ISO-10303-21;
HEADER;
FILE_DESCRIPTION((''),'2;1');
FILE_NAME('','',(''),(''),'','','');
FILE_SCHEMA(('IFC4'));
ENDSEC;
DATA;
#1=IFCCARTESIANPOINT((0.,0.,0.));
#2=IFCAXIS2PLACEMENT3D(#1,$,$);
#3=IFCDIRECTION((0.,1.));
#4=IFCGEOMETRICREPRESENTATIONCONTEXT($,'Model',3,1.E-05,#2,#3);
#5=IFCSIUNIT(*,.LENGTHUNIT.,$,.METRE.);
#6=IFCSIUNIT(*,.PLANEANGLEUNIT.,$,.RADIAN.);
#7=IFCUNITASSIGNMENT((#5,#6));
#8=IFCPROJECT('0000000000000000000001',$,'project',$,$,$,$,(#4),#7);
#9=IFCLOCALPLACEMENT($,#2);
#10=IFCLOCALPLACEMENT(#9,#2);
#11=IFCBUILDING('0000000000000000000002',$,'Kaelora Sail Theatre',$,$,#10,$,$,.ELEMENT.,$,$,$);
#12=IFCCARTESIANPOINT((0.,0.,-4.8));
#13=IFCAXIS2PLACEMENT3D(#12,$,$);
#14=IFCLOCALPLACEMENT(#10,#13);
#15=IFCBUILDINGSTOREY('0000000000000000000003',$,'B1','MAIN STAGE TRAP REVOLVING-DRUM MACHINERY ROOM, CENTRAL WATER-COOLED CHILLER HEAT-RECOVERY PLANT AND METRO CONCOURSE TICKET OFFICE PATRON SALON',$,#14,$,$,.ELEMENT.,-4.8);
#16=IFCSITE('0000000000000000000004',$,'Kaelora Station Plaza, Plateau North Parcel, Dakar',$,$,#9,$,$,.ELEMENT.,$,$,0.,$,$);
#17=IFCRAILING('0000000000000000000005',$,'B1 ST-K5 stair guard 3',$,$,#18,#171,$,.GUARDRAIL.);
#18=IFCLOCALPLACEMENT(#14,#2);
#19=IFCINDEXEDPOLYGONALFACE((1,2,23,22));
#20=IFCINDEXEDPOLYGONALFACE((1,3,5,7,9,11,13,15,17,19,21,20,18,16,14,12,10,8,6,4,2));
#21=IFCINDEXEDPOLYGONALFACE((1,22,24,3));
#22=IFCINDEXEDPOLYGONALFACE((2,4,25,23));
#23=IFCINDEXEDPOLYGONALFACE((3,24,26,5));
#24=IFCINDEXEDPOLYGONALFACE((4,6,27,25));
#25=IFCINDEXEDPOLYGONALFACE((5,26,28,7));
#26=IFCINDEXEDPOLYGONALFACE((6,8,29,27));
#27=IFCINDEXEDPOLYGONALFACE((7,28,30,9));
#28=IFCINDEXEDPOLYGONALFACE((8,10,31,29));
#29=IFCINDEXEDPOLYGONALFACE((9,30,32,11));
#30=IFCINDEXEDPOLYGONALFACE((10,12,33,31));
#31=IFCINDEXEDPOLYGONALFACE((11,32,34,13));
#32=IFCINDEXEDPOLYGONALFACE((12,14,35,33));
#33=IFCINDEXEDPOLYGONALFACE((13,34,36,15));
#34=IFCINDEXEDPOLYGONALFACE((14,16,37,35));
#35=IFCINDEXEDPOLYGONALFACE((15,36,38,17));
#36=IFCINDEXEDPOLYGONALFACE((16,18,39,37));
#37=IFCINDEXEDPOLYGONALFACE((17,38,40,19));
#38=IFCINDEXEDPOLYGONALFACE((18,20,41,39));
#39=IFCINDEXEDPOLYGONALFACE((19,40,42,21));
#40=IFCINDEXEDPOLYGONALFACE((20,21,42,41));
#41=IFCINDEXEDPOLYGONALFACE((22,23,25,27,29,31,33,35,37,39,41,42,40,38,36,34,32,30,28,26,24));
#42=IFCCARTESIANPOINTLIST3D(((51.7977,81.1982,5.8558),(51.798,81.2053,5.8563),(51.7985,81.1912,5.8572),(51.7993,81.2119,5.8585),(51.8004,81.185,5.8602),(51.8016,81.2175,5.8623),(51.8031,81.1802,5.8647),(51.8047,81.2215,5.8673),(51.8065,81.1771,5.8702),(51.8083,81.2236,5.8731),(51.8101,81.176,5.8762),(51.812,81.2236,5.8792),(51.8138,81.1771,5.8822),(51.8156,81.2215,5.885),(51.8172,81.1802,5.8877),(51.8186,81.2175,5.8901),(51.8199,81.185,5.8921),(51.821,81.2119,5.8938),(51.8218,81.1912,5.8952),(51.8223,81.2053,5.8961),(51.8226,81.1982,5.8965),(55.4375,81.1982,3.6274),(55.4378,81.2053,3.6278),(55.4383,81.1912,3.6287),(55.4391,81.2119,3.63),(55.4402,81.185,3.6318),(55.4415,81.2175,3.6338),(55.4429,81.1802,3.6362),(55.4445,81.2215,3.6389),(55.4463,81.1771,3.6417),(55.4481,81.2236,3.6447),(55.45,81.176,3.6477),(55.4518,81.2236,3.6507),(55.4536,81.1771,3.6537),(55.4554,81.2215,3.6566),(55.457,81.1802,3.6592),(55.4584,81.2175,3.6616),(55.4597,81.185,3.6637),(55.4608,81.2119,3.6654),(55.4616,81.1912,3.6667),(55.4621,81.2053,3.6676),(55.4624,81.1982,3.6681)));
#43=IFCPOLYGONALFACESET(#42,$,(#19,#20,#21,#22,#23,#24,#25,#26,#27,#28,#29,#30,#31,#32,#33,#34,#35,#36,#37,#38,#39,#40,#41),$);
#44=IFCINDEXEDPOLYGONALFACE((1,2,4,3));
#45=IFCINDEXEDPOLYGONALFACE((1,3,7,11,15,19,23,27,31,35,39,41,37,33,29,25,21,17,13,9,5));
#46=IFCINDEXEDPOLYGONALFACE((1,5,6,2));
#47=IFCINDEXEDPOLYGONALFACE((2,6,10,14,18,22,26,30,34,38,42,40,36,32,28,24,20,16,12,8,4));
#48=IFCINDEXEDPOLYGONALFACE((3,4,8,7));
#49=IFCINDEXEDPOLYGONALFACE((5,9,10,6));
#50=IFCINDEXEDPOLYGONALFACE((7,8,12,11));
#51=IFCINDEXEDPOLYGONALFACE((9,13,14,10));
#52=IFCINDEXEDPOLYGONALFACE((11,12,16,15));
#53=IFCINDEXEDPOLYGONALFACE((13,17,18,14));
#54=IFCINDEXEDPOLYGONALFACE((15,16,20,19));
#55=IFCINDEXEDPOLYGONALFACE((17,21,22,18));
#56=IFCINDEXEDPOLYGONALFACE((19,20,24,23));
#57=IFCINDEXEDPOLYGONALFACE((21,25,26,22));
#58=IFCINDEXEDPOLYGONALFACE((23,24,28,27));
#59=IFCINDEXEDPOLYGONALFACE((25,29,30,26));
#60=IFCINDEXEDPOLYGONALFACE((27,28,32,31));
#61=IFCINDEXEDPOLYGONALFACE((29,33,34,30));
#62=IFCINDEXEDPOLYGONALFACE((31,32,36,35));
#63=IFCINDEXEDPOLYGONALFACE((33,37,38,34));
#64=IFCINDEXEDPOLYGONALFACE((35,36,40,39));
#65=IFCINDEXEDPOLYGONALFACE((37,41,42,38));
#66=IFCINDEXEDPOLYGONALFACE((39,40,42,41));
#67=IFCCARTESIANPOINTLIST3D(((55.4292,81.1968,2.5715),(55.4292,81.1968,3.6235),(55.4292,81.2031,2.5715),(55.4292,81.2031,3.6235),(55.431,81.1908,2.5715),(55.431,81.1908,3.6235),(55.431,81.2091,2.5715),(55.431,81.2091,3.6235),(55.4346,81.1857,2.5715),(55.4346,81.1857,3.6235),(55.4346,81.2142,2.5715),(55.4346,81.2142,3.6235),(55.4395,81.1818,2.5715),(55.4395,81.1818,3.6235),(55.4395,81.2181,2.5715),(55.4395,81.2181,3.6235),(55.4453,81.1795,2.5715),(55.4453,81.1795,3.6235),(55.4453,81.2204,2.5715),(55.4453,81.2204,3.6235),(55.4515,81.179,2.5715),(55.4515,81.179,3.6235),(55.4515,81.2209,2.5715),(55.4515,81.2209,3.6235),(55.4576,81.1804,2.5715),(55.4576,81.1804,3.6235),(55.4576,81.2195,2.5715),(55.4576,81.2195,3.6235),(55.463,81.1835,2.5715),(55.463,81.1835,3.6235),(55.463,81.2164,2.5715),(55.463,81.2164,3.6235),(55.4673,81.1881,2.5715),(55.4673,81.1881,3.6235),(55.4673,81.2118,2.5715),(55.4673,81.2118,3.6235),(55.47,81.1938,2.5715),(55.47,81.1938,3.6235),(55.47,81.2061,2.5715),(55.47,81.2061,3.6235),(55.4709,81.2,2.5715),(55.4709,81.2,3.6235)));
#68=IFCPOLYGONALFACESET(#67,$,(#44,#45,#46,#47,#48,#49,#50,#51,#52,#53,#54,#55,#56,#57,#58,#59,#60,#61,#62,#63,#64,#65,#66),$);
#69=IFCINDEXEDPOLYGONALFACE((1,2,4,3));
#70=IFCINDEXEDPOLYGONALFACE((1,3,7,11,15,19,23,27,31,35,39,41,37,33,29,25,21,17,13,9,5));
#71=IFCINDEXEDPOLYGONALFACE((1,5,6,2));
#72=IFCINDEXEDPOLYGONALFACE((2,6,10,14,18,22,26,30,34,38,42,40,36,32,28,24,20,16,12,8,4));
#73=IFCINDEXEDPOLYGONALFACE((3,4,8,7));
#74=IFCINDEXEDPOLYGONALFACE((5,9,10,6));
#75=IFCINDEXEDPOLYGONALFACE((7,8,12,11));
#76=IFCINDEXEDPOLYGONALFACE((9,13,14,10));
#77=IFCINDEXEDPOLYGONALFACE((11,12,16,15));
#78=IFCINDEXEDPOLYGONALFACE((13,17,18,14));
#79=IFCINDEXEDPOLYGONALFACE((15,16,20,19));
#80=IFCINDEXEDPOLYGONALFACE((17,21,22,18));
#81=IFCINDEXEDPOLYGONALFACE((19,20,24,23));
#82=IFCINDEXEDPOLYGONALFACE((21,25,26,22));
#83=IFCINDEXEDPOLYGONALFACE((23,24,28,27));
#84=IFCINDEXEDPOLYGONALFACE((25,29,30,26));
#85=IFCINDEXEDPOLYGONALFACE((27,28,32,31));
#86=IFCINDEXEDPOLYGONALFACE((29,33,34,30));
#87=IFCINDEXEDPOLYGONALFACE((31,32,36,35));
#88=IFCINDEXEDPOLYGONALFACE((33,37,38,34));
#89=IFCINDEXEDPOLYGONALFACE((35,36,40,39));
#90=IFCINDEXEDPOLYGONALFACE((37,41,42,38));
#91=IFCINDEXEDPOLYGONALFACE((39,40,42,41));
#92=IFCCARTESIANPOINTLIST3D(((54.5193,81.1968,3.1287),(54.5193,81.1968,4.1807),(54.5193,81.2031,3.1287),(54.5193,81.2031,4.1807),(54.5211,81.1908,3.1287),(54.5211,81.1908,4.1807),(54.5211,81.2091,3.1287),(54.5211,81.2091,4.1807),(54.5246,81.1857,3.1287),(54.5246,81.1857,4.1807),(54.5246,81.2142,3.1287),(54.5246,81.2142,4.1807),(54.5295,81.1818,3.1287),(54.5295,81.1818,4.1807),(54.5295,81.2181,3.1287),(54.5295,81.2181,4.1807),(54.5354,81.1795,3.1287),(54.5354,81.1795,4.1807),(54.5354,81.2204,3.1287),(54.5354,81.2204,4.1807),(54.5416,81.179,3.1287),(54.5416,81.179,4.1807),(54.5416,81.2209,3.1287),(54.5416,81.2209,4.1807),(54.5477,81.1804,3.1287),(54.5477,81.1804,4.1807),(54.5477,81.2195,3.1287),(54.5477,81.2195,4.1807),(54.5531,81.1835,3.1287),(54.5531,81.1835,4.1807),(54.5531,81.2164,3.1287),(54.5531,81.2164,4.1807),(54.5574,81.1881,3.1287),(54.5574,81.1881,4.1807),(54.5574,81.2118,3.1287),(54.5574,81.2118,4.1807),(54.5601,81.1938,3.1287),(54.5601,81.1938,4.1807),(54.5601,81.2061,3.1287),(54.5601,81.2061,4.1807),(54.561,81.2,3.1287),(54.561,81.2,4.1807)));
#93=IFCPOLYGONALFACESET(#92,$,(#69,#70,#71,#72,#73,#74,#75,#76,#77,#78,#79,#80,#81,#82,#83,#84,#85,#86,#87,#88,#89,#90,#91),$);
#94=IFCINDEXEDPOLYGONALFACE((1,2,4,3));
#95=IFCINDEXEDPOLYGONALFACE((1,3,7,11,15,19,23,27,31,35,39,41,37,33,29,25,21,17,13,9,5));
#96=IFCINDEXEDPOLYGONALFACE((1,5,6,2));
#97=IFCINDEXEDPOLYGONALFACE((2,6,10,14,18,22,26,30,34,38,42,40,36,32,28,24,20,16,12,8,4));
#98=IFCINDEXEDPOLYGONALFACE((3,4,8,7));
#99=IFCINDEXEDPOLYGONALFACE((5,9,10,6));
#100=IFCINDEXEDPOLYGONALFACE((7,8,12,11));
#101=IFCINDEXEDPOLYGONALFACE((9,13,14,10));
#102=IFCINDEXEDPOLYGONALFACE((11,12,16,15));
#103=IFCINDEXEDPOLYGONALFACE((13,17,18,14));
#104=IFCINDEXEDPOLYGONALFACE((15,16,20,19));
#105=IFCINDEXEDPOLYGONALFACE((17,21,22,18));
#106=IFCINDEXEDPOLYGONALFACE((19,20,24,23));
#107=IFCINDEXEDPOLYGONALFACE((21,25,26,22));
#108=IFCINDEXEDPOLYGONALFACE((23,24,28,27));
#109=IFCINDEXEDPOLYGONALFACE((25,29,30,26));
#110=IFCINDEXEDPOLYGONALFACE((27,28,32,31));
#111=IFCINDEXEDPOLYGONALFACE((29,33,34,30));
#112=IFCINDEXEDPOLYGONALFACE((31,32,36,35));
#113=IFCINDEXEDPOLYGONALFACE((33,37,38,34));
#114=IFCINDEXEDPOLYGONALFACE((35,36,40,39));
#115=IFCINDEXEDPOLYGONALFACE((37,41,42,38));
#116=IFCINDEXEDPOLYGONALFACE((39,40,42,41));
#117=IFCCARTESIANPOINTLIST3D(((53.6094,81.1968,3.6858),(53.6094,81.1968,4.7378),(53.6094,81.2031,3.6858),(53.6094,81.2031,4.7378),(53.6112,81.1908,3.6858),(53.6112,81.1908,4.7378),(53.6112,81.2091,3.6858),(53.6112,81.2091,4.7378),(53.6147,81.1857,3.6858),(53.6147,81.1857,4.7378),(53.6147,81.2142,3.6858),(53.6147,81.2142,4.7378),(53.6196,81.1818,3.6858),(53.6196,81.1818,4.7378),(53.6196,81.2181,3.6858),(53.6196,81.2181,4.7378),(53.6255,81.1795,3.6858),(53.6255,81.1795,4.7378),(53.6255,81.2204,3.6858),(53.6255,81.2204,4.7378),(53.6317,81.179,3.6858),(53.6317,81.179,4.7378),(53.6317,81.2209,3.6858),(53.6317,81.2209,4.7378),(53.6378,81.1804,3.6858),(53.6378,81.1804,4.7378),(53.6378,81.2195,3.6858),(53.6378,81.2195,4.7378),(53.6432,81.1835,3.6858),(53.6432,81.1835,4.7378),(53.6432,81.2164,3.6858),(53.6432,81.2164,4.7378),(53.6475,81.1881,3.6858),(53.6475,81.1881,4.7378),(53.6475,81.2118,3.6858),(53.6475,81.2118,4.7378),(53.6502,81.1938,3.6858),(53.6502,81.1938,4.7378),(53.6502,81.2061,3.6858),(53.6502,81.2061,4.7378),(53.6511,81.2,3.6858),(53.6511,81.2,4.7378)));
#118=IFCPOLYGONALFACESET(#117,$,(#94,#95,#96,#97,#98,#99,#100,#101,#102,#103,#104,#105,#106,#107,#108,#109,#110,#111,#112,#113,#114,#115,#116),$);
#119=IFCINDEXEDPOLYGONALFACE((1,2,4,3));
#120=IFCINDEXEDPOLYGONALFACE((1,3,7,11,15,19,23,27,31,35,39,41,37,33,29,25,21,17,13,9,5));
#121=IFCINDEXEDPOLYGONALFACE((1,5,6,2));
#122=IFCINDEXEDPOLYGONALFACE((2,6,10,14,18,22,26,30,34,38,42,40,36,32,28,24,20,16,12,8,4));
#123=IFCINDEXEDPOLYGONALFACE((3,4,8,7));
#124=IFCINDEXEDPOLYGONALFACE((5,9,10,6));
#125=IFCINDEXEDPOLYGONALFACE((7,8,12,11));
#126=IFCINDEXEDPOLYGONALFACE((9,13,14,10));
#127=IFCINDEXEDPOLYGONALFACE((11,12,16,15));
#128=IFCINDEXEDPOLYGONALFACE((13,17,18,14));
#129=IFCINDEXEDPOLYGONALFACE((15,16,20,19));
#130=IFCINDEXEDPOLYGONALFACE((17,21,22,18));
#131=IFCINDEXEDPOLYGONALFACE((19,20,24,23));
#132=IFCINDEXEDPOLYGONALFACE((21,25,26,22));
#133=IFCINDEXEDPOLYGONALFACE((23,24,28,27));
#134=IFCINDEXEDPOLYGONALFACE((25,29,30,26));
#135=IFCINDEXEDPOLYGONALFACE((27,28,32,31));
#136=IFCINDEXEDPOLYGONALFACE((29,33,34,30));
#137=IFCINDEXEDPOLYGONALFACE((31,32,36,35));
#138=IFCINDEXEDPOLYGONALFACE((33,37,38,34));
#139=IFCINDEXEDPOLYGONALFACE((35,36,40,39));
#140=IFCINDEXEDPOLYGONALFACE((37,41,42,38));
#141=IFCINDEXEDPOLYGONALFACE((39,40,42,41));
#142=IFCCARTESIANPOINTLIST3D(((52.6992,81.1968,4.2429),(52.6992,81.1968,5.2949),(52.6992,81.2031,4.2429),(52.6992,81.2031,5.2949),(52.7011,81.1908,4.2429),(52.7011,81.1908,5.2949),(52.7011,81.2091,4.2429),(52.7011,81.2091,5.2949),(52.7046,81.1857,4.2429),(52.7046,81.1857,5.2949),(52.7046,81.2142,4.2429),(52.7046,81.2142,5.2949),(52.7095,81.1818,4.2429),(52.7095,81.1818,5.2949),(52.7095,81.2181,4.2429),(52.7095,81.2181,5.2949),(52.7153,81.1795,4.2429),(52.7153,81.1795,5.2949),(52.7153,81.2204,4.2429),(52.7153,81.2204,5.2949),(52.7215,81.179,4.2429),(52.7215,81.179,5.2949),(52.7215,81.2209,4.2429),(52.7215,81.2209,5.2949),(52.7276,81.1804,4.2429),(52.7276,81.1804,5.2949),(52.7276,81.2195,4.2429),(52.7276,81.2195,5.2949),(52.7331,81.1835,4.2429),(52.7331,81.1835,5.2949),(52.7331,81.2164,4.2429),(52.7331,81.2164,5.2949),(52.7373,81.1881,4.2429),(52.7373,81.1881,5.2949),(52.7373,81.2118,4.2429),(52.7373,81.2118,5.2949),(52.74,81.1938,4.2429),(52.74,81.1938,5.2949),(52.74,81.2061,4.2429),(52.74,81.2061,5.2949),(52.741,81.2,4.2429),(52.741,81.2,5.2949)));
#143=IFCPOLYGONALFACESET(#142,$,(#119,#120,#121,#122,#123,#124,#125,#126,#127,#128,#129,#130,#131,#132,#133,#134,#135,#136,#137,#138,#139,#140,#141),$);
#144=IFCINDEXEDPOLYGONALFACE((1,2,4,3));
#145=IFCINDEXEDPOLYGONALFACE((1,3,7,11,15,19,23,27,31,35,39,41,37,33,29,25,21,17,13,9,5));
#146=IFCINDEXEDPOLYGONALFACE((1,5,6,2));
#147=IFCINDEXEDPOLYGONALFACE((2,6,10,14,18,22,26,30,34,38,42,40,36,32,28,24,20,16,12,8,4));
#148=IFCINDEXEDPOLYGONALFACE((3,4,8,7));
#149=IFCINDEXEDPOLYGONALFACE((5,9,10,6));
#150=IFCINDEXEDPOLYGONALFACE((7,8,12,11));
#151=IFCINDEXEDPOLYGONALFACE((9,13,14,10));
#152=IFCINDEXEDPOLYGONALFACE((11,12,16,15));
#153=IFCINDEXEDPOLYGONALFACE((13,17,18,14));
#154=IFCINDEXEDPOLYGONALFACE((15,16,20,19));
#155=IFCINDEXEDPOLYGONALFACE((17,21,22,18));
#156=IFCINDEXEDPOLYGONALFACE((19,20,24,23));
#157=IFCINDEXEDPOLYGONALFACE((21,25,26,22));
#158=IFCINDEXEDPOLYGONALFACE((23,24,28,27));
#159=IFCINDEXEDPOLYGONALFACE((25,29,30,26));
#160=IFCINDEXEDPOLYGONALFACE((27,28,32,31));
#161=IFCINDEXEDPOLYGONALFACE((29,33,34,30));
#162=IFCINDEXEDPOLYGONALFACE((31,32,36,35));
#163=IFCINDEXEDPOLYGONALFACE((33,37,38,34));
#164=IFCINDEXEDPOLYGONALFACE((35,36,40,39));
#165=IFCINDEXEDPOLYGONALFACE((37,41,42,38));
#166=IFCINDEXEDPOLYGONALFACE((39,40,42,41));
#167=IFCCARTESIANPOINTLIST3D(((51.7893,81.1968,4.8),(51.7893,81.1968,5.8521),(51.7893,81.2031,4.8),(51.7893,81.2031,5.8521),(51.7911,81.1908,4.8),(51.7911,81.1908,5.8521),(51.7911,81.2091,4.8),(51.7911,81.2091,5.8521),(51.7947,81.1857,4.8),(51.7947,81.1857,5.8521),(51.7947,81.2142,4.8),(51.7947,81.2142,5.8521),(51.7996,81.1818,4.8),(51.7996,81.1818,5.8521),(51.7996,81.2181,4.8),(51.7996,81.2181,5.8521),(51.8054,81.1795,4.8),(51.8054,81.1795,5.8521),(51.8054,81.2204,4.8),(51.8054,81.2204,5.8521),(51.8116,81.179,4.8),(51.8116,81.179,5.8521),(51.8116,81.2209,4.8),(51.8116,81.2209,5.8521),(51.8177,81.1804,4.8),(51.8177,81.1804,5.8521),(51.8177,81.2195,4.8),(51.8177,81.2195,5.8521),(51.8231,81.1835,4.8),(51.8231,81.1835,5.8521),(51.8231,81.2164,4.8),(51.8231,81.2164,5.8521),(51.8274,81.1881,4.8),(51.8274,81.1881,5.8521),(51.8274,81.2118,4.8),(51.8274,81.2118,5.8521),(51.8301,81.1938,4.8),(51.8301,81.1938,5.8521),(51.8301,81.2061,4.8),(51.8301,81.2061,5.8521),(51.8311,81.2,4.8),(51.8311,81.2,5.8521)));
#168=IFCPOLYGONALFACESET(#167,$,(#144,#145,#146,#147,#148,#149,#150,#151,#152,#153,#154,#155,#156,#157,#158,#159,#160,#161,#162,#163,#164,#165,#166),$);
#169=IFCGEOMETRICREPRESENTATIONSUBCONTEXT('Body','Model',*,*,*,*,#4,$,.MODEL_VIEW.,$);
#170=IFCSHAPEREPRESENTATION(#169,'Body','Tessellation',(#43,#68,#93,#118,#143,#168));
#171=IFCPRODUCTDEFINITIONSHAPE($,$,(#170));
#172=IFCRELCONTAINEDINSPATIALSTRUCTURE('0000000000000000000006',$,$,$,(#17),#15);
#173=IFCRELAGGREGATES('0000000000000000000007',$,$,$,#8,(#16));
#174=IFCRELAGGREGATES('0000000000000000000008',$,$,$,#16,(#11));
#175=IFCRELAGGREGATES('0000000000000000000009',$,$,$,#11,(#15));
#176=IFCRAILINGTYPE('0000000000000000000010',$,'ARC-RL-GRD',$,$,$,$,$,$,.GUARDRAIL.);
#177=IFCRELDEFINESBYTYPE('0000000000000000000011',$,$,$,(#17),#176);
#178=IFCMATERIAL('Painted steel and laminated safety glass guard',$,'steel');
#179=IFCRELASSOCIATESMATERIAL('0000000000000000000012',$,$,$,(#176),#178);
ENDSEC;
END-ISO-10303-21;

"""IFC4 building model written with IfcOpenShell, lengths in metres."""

from ifc_helpers import new_model, si_unit, direction, frame, origin, origin_2d, place, context, subcontext, project, spatial, circle, extrude, material, type_object, element, save


model = new_model("IFC4")

# Units and contexts
model_context = context("Model", 3, precision=1e-05, world=origin(), true_north=direction((0.0, 1.0)))
body_context = subcontext(model_context, "Body", "Model", "MODEL_VIEW")
ifc_project = project(units=[si_unit("LENGTHUNIT", "METRE"), si_unit("PLANEANGLEUNIT", "RADIAN")], contexts=[model_context])

# Site, building, storey
site_placement = place(None, origin())
site = spatial("IfcSite", under=ifc_project, at=site_placement, Name="Kaelora Station Plaza, Plateau North Parcel, Dakar", CompositionType="ELEMENT", RefElevation=0.0)
building_placement = place(site_placement, origin())
building = spatial("IfcBuilding", under=site, at=building_placement, Name="Kaelora Sail Theatre", CompositionType="ELEMENT")
storey_placement = place(building_placement, frame((0.0, 0.0, -4.8)))
storey = spatial("IfcBuildingStorey", under=building, at=storey_placement, Name="B1", Description="MAIN STAGE TRAP REVOLVING-DRUM MACHINERY ROOM, CENTRAL WATER-COOLED CHILLER HEAT-RECOVERY PLANT AND METRO CONCOURSE TICKET OFFICE PATRON SALON", CompositionType="ELEMENT", Elevation=-4.8)

# Railing
ifc_material_1 = material(Name="Painted steel and laminated safety glass guard", Category="steel")
railing_type_1 = type_object("IfcRailingType", Name="ARC-RL-GRD", PredefinedType="GUARDRAIL", material=ifc_material_1)
railing_1_placement = place(storey_placement, frame((55.45, 81.2, 2.5715)))
element("IfcRailing", 1, at=railing_1_placement, inside=storey, type_object=railing_type_1, Name="B1 ST-K5 stair guard 3", PredefinedType="GUARDRAIL", context=body_context, shape_type="SweptSolid", body=[
    extrude(circle(Radius=0.0239, at=origin_2d()), frame((0.0, 0.0, 1.0762), z_axis=(-0.85285, 0.0, 0.522156), x_axis=(0.0, -1.0, 0.0)), (0.0, 0.0, 1.0), 4.2678),
    extrude(circle(Radius=0.021, at=origin_2d()), origin(), (0.0, 0.0, 1.0), 1.052),
    extrude(circle(Radius=0.021, at=origin_2d()), frame((-0.9099, 0.0, 0.5571)), (0.0, 0.0, 1.0), 1.052),
    extrude(circle(Radius=0.021, at=origin_2d()), frame((-1.8198, 0.0, 1.1143)), (0.0, 0.0, 1.0), 1.052),
    extrude(circle(Radius=0.021, at=origin_2d()), frame((-2.73, 0.0, 1.6714)), (0.0, 0.0, 1.0), 1.052),
    extrude(circle(Radius=0.021, at=origin_2d()), frame((-3.6399, 0.0, 2.2285)), (0.0, 0.0, 1.0), 1.052),
])

save(model, "model.ifc")
